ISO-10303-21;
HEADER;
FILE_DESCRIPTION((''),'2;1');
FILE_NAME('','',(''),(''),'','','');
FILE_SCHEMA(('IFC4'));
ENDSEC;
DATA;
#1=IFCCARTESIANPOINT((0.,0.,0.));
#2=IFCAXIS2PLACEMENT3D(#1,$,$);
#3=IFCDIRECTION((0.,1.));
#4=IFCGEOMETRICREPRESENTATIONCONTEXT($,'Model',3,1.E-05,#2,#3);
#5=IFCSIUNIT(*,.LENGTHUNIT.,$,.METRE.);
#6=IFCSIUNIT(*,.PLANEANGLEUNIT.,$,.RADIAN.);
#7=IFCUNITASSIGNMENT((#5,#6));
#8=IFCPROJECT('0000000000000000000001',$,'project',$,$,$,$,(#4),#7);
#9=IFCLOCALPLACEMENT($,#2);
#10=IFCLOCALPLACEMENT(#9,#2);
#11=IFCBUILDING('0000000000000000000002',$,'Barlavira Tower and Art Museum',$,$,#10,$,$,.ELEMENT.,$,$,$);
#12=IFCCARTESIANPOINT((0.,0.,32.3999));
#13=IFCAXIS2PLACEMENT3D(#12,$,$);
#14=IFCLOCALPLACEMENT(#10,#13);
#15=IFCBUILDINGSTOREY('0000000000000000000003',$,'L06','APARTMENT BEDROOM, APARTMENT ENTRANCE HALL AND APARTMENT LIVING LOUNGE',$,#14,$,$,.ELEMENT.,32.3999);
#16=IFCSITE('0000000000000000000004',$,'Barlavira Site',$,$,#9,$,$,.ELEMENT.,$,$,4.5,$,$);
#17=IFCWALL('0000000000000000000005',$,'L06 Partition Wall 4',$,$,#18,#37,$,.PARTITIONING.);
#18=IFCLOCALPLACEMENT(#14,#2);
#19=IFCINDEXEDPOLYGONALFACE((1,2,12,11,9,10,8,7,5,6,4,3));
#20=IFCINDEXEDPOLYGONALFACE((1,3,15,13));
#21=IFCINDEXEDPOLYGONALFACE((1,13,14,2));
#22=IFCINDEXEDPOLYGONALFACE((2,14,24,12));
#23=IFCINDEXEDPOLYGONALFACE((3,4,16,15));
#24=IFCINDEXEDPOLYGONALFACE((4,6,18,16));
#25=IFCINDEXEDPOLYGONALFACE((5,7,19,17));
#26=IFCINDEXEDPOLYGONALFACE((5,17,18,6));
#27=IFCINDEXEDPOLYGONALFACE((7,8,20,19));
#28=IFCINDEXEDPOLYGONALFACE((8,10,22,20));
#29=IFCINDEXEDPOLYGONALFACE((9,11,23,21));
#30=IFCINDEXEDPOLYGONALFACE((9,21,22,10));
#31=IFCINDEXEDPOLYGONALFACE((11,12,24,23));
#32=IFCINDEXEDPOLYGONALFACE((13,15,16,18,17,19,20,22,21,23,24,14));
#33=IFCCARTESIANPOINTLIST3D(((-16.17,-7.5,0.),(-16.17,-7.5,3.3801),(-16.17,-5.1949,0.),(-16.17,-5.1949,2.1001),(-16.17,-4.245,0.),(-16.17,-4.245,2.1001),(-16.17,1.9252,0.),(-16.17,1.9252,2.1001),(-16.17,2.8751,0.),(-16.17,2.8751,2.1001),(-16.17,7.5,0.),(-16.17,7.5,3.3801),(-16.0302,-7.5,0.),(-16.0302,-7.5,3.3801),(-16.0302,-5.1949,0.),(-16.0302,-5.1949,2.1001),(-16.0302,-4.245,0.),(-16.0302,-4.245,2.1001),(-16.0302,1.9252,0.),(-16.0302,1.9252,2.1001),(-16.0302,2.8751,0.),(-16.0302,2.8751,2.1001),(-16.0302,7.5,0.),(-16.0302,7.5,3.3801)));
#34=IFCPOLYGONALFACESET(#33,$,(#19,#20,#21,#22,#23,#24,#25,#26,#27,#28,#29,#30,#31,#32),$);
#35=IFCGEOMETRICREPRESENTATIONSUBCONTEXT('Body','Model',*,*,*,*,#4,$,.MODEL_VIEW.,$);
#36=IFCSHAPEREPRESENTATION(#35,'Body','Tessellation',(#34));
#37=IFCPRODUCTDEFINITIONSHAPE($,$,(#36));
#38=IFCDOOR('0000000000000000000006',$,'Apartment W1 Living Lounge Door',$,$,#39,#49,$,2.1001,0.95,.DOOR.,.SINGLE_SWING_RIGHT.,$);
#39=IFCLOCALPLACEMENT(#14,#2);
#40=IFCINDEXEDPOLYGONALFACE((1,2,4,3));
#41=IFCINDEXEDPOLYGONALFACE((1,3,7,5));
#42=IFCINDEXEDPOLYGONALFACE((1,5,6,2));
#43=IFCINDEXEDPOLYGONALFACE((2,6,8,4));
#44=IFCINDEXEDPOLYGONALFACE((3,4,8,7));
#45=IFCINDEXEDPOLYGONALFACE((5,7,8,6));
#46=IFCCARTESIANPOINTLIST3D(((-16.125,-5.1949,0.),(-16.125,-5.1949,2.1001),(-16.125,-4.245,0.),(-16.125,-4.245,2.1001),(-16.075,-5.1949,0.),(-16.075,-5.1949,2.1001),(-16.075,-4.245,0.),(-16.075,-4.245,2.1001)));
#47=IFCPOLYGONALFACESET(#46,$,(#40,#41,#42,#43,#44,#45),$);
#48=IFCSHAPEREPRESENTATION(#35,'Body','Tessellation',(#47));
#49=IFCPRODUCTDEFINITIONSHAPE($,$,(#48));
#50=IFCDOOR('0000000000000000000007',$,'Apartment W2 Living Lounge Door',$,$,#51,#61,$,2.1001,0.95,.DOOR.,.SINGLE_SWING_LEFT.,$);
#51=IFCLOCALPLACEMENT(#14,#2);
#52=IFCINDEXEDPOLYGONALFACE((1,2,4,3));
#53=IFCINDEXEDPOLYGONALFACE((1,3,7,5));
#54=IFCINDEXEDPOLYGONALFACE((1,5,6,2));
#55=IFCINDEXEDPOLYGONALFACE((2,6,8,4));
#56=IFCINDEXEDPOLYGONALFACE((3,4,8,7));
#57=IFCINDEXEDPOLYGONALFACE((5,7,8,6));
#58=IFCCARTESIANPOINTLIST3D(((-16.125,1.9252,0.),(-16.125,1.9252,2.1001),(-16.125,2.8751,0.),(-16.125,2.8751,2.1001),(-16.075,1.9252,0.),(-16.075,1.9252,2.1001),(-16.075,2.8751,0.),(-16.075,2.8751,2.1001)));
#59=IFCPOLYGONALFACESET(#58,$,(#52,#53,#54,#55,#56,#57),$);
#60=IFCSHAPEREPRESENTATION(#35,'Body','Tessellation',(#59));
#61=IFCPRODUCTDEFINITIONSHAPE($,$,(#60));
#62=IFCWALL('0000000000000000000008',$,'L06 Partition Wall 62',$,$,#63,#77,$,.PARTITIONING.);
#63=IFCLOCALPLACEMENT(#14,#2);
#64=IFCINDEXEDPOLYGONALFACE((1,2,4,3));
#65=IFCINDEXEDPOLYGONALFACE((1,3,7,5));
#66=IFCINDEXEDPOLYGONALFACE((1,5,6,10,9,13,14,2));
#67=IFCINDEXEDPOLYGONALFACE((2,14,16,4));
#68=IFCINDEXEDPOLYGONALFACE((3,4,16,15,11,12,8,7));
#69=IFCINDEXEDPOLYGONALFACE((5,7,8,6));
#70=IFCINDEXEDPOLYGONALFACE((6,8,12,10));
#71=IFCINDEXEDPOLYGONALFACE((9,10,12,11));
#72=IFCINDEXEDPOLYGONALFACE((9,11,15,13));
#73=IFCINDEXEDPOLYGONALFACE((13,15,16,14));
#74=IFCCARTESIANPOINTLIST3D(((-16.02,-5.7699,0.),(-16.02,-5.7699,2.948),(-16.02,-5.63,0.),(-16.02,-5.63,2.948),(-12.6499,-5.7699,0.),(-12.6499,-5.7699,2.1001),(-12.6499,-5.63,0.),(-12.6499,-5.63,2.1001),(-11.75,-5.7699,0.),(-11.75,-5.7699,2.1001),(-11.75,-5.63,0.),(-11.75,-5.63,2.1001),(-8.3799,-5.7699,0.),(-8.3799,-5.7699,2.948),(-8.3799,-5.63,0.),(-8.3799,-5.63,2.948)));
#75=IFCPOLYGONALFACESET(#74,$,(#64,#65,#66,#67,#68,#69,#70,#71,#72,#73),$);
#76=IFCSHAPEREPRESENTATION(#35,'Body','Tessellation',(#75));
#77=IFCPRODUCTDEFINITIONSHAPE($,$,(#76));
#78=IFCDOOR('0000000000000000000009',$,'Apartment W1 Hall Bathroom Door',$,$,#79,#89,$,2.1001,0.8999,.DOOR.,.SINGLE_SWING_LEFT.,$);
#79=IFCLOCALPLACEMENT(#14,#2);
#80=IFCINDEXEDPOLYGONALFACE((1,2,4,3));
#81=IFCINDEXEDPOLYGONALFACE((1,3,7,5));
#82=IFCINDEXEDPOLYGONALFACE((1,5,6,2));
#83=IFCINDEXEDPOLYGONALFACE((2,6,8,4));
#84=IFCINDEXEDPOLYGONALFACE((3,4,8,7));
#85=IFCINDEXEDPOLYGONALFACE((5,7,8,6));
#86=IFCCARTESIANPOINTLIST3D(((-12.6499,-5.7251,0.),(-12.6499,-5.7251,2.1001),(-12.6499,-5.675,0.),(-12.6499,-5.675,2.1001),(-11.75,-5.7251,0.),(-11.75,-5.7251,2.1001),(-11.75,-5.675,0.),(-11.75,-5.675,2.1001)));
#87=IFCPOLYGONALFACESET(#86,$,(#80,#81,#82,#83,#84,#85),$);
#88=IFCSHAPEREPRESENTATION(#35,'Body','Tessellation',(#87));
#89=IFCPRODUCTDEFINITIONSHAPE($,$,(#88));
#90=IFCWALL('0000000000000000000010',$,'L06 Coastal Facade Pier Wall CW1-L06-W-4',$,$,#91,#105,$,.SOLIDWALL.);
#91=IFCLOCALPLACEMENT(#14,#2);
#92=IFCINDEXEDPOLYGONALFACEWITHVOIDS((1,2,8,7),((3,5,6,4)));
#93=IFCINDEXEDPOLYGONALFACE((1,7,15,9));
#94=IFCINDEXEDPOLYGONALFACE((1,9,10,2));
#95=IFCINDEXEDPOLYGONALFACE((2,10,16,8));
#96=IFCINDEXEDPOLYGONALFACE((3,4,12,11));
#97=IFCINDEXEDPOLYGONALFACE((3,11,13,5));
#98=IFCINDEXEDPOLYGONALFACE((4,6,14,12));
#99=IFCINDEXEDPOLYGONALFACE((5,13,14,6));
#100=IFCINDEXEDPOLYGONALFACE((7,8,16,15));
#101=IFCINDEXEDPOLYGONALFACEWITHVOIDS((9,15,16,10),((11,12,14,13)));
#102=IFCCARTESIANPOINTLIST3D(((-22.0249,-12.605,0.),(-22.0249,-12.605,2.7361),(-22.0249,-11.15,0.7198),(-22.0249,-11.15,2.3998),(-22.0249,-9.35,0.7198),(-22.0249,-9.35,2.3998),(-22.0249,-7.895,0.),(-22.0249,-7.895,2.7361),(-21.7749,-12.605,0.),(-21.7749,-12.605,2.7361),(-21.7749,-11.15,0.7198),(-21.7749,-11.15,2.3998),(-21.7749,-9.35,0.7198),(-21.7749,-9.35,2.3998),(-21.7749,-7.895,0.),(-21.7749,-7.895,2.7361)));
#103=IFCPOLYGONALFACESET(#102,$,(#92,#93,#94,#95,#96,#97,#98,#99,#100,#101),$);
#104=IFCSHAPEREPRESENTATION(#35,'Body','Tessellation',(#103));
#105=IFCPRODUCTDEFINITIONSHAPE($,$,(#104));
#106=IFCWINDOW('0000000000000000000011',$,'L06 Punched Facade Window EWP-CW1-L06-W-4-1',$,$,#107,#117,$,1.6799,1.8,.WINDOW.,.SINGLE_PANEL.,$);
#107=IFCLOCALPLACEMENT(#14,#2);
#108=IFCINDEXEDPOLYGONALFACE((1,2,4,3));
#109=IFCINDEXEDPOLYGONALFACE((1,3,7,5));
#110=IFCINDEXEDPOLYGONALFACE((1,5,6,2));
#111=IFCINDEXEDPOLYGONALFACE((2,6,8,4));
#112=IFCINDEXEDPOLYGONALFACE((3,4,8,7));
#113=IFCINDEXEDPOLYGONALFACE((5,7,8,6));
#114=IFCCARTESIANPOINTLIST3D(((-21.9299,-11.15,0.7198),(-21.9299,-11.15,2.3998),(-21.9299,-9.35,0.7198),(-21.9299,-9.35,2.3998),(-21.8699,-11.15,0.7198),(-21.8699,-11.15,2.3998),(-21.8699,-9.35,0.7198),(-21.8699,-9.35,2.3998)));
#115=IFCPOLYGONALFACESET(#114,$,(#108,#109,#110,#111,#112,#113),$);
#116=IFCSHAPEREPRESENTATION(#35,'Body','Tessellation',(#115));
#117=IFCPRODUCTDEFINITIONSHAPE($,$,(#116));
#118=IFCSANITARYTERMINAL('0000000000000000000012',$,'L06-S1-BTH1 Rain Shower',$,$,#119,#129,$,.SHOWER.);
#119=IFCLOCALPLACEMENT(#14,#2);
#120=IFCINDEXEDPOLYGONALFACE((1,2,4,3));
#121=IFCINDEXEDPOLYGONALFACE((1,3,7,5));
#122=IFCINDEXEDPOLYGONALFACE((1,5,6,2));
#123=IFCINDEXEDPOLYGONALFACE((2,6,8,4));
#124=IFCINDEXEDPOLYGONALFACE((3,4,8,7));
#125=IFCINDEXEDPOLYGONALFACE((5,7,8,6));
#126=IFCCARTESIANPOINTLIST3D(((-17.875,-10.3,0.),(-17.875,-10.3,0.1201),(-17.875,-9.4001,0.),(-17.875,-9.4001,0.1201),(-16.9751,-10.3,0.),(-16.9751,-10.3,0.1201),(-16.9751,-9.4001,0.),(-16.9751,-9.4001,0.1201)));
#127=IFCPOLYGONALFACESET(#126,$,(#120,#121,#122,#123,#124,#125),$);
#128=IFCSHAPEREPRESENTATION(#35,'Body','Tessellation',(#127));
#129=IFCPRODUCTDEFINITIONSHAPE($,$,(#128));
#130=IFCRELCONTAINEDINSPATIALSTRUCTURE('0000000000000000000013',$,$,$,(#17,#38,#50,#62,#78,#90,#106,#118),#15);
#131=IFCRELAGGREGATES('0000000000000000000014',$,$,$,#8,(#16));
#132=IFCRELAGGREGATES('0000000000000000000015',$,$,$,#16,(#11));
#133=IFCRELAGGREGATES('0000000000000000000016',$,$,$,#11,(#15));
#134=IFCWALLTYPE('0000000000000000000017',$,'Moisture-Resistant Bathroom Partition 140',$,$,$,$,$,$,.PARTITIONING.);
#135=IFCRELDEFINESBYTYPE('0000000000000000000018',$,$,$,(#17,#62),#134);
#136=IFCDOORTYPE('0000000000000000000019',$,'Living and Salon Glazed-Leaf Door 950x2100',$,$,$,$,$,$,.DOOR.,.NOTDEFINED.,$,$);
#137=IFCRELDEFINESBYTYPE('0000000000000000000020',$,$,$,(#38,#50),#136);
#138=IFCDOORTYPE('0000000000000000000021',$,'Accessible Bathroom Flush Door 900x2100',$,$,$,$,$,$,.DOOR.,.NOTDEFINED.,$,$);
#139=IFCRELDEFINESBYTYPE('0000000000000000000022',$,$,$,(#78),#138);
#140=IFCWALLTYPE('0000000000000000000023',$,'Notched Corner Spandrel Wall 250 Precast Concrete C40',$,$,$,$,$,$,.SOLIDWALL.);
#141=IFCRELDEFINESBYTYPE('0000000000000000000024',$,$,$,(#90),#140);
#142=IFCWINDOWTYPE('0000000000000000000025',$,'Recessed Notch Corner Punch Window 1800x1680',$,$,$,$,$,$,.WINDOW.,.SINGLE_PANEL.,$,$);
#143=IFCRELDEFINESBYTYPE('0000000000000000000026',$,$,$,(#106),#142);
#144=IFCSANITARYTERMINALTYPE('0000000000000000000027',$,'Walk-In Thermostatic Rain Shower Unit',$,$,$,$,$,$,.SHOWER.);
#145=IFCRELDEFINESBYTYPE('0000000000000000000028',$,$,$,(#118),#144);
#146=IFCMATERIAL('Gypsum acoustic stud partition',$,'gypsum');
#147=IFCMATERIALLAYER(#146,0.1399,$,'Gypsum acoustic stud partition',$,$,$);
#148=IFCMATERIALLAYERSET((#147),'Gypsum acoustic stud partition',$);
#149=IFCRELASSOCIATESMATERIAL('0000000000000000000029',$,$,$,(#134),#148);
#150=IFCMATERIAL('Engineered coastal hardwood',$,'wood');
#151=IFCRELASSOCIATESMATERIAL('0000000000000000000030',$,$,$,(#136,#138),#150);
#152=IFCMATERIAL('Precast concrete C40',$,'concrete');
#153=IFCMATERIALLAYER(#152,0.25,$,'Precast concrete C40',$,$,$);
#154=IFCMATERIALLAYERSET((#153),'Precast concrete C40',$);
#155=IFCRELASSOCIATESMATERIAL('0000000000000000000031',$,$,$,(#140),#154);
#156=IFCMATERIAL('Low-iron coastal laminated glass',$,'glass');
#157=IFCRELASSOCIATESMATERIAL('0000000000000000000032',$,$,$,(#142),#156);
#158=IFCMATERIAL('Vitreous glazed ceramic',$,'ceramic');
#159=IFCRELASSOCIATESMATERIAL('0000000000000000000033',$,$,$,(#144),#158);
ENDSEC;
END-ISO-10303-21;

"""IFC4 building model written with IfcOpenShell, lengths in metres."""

from ifc_helpers import new_model, si_unit, direction, frame, frame_2d, origin, origin_2d, place, context, subcontext, project, spatial, rectangle, extrude, material, layer, layer_set, type_object, element, fill, save


model = new_model("IFC4")

# Units and contexts
model_context = context("Model", 3, precision=1e-05, world=origin(), true_north=direction((0.0, 1.0)))
body_context = subcontext(model_context, "Body", "Model", "MODEL_VIEW")
ifc_project = project(units=[si_unit("LENGTHUNIT", "METRE"), si_unit("PLANEANGLEUNIT", "RADIAN")], contexts=[model_context])

# Site, building, storey
site_placement = place(None, origin())
site = spatial("IfcSite", under=ifc_project, at=site_placement, Name="Barlavira Site", CompositionType="ELEMENT", RefElevation=4.5)
building_placement = place(site_placement, origin())
building = spatial("IfcBuilding", under=site, at=building_placement, Name="Barlavira Tower and Art Museum", CompositionType="ELEMENT")
storey_placement = place(building_placement, frame((0.0, 0.0, 32.3999)))
storey = spatial("IfcBuildingStorey", under=building, at=storey_placement, Name="L06", Description="APARTMENT BEDROOM, APARTMENT ENTRANCE HALL AND APARTMENT LIVING LOUNGE", CompositionType="ELEMENT", Elevation=32.3999)

# Shared definitions
ifc_material_1 = material(Name="Low-iron coastal laminated glass", Category="glass")

# Shared definitions
ifc_material_2 = material(Name="Gypsum acoustic stud partition", Category="gypsum")
ifc_material_3 = material(Name="Engineered coastal hardwood", Category="wood")

# Wall, openings, doors
ifc_layer_1 = layer(ifc_material_2, 0.1399, Name="Gypsum acoustic stud partition")
ifc_layer_set_1 = layer_set([ifc_layer_1], Name="Gypsum acoustic stud partition")
wall_type_1 = type_object("IfcWallType", Name="Moisture-Resistant Bathroom Partition 140", PredefinedType="PARTITIONING", material=ifc_layer_set_1)
wall_1_placement = place(storey_placement, frame((-16.1001, -7.5, 0.0), z_axis=(0.0, 0.0, 1.0), x_axis=(0.0, 1.0, 0.0)))
wall_1 = element("IfcWall", 1, at=wall_1_placement, inside=storey, type_object=wall_type_1, Name="L06 Partition Wall 4", PredefinedType="PARTITIONING", context=body_context, shape_type="SweptSolid", body=[
    extrude(rectangle(XDim=15.0, YDim=0.1399, at=frame_2d((7.5, 0.0))), origin(), (0.0, 0.0, 1.0), 3.3801),
])
opening_1_placement = place(wall_1_placement, frame((2.3049, 0.0, 0.0)))
opening_1 = element("IfcOpeningElement", 2, at=opening_1_placement, cuts=wall_1, PredefinedType="OPENING", context=body_context, shape_type="SweptSolid", body=[
    extrude(rectangle(XDim=0.95, YDim=2.1001, at=frame_2d((0.4751, 1.05))), frame((0.0, 0.0801, 0.0), z_axis=(0.0, -1.0, 0.0), x_axis=(1.0, 0.0, 0.0)), (0.0, 0.0, 1.0), 0.1599),
])
opening_2_placement = place(wall_1_placement, frame((9.425, 0.0, 0.0)))
opening_2 = element("IfcOpeningElement", 3, at=opening_2_placement, cuts=wall_1, PredefinedType="OPENING", context=body_context, shape_type="SweptSolid", body=[
    extrude(rectangle(XDim=0.95, YDim=2.1001, at=frame_2d((0.4751, 1.05))), frame((0.0, 0.0801, 0.0), z_axis=(0.0, -1.0, 0.0), x_axis=(1.0, 0.0, 0.0)), (0.0, 0.0, 1.0), 0.1599),
])
door_type_1 = type_object("IfcDoorType", Name="Living and Salon Glazed-Leaf Door 950x2100", OperationType="NOTDEFINED", PredefinedType="DOOR", material=ifc_material_3)
door_1_placement = place(opening_1_placement, origin())
door_1 = element("IfcDoor", 4, at=door_1_placement, inside=storey, type_object=door_type_1, Name="Apartment W1 Living Lounge Door", OperationType="SINGLE_SWING_RIGHT", OverallHeight=2.1001, OverallWidth=0.95, PredefinedType="DOOR", context=body_context, shape_type="SweptSolid", body=[
    extrude(rectangle(XDim=0.95, YDim=2.1001, at=frame_2d((0.4751, 1.05))), frame((0.0, 0.0249, 0.0), z_axis=(0.0, -1.0, 0.0), x_axis=(1.0, 0.0, 0.0)), (0.0, 0.0, 1.0), 0.05),
])
fill(opening_1, door_1)
door_2_placement = place(opening_2_placement, origin())
door_2 = element("IfcDoor", 5, at=door_2_placement, inside=storey, type_object=door_type_1, Name="Apartment W2 Living Lounge Door", OperationType="SINGLE_SWING_LEFT", OverallHeight=2.1001, OverallWidth=0.95, PredefinedType="DOOR", context=body_context, shape_type="SweptSolid", body=[
    extrude(rectangle(XDim=0.95, YDim=2.1001, at=frame_2d((0.4751, 1.05))), frame((0.0, 0.0249, 0.0), z_axis=(0.0, -1.0, 0.0), x_axis=(1.0, 0.0, 0.0)), (0.0, 0.0, 1.0), 0.05),
])
fill(opening_2, door_2)

# Wall, opening, door
wall_2_placement = place(storey_placement, frame((-16.02, -5.7, 0.0), z_axis=(0.0, 0.0, 1.0), x_axis=(1.0, 0.0, 0.0)))
wall_2 = element("IfcWall", 6, at=wall_2_placement, inside=storey, type_object=wall_type_1, Name="L06 Partition Wall 62", PredefinedType="PARTITIONING", context=body_context, shape_type="SweptSolid", body=[
    extrude(rectangle(XDim=7.6401, YDim=0.1399, at=frame_2d((3.8201, 0.0))), origin(), (0.0, 0.0, 1.0), 2.948),
])
opening_3_placement = place(wall_2_placement, frame((3.3701, 0.0, 0.0)))
opening_3 = element("IfcOpeningElement", 7, at=opening_3_placement, cuts=wall_2, PredefinedType="OPENING", context=body_context, shape_type="SweptSolid", body=[
    extrude(rectangle(XDim=0.8999, YDim=2.1001, at=frame_2d((0.45, 1.05))), frame((0.0, 0.0801, 0.0), z_axis=(0.0, -1.0, 0.0), x_axis=(1.0, 0.0, 0.0)), (0.0, 0.0, 1.0), 0.1599),
])
door_type_2 = type_object("IfcDoorType", Name="Accessible Bathroom Flush Door 900x2100", OperationType="NOTDEFINED", PredefinedType="DOOR", material=ifc_material_3)
door_3_placement = place(opening_3_placement, origin())
door_3 = element("IfcDoor", 8, at=door_3_placement, inside=storey, type_object=door_type_2, Name="Apartment W1 Hall Bathroom Door", OperationType="SINGLE_SWING_LEFT", OverallHeight=2.1001, OverallWidth=0.8999, PredefinedType="DOOR", context=body_context, shape_type="SweptSolid", body=[
    extrude(rectangle(XDim=0.8999, YDim=2.1001, at=frame_2d((0.45, 1.05))), frame((0.0, 0.0249, 0.0), z_axis=(0.0, -1.0, 0.0), x_axis=(1.0, 0.0, 0.0)), (0.0, 0.0, 1.0), 0.05),
])
fill(opening_3, door_3)

# Wall, opening, window
ifc_material_4 = material(Name="Precast concrete C40", Category="concrete")
ifc_layer_2 = layer(ifc_material_4, 0.25, Name="Precast concrete C40")
ifc_layer_set_2 = layer_set([ifc_layer_2], Name="Precast concrete C40")
wall_type_2 = type_object("IfcWallType", Name="Notched Corner Spandrel Wall 250 Precast Concrete C40", PredefinedType="SOLIDWALL", material=ifc_layer_set_2)
wall_3_placement = place(storey_placement, frame((-21.8999, -7.895, 0.0), z_axis=(0.0, 0.0, 1.0), x_axis=(0.0, -1.0, 0.0)))
wall_3 = element("IfcWall", 9, at=wall_3_placement, inside=storey, type_object=wall_type_2, Name="L06 Coastal Facade Pier Wall CW1-L06-W-4", PredefinedType="SOLIDWALL", context=body_context, shape_type="SweptSolid", body=[
    extrude(rectangle(XDim=4.71, YDim=0.25, at=frame_2d((2.355, 0.0))), origin(), (0.0, 0.0, 1.0), 2.7361),
])
opening_4_placement = place(wall_3_placement, frame((1.4551, 0.0, 0.72)))
opening_4 = element("IfcOpeningElement", 10, at=opening_4_placement, cuts=wall_3, PredefinedType="OPENING", context=body_context, shape_type="SweptSolid", body=[
    extrude(rectangle(XDim=1.8, YDim=1.6799, at=frame_2d((0.8999, 0.8398))), frame((0.0, 0.135, 0.0), z_axis=(0.0, -1.0, 0.0), x_axis=(1.0, 0.0, 0.0)), (0.0, 0.0, 1.0), 0.27),
])
window_type = type_object("IfcWindowType", Name="Recessed Notch Corner Punch Window 1800x1680", PartitioningType="SINGLE_PANEL", PredefinedType="WINDOW", material=ifc_material_1)
window_placement = place(opening_4_placement, origin())
window = element("IfcWindow", 11, at=window_placement, inside=storey, type_object=window_type, Name="L06 Punched Facade Window EWP-CW1-L06-W-4-1", OverallHeight=1.6799, OverallWidth=1.8, PartitioningType="SINGLE_PANEL", PredefinedType="WINDOW", context=body_context, shape_type="SweptSolid", body=[
    extrude(rectangle(XDim=1.8, YDim=1.6799, at=frame_2d((0.8999, 0.8398))), frame((0.0, 0.03, 0.0), z_axis=(0.0, -1.0, 0.0), x_axis=(1.0, 0.0, 0.0)), (0.0, 0.0, 1.0), 0.0601),
])
fill(opening_4, window)

# Sanitary terminal
ifc_material_5 = material(Name="Vitreous glazed ceramic", Category="ceramic")
sanitary_terminal_type = type_object("IfcSanitaryTerminalType", Name="Walk-In Thermostatic Rain Shower Unit", PredefinedType="SHOWER", material=ifc_material_5)
sanitary_terminal_placement = place(storey_placement, frame((-17.425, -9.8501, 0.0), z_axis=(0.0, 0.0, 1.0), x_axis=(1.0, 0.0, 0.0)))
element("IfcSanitaryTerminal", 12, at=sanitary_terminal_placement, inside=storey, type_object=sanitary_terminal_type, Name="L06-S1-BTH1 Rain Shower", PredefinedType="SHOWER", context=body_context, shape_type="SweptSolid", body=[
    extrude(rectangle(XDim=0.8999, YDim=0.8999, at=origin_2d()), origin(), (0.0, 0.0, 1.0), 0.1201),
])

save(model, "model.ifc")
